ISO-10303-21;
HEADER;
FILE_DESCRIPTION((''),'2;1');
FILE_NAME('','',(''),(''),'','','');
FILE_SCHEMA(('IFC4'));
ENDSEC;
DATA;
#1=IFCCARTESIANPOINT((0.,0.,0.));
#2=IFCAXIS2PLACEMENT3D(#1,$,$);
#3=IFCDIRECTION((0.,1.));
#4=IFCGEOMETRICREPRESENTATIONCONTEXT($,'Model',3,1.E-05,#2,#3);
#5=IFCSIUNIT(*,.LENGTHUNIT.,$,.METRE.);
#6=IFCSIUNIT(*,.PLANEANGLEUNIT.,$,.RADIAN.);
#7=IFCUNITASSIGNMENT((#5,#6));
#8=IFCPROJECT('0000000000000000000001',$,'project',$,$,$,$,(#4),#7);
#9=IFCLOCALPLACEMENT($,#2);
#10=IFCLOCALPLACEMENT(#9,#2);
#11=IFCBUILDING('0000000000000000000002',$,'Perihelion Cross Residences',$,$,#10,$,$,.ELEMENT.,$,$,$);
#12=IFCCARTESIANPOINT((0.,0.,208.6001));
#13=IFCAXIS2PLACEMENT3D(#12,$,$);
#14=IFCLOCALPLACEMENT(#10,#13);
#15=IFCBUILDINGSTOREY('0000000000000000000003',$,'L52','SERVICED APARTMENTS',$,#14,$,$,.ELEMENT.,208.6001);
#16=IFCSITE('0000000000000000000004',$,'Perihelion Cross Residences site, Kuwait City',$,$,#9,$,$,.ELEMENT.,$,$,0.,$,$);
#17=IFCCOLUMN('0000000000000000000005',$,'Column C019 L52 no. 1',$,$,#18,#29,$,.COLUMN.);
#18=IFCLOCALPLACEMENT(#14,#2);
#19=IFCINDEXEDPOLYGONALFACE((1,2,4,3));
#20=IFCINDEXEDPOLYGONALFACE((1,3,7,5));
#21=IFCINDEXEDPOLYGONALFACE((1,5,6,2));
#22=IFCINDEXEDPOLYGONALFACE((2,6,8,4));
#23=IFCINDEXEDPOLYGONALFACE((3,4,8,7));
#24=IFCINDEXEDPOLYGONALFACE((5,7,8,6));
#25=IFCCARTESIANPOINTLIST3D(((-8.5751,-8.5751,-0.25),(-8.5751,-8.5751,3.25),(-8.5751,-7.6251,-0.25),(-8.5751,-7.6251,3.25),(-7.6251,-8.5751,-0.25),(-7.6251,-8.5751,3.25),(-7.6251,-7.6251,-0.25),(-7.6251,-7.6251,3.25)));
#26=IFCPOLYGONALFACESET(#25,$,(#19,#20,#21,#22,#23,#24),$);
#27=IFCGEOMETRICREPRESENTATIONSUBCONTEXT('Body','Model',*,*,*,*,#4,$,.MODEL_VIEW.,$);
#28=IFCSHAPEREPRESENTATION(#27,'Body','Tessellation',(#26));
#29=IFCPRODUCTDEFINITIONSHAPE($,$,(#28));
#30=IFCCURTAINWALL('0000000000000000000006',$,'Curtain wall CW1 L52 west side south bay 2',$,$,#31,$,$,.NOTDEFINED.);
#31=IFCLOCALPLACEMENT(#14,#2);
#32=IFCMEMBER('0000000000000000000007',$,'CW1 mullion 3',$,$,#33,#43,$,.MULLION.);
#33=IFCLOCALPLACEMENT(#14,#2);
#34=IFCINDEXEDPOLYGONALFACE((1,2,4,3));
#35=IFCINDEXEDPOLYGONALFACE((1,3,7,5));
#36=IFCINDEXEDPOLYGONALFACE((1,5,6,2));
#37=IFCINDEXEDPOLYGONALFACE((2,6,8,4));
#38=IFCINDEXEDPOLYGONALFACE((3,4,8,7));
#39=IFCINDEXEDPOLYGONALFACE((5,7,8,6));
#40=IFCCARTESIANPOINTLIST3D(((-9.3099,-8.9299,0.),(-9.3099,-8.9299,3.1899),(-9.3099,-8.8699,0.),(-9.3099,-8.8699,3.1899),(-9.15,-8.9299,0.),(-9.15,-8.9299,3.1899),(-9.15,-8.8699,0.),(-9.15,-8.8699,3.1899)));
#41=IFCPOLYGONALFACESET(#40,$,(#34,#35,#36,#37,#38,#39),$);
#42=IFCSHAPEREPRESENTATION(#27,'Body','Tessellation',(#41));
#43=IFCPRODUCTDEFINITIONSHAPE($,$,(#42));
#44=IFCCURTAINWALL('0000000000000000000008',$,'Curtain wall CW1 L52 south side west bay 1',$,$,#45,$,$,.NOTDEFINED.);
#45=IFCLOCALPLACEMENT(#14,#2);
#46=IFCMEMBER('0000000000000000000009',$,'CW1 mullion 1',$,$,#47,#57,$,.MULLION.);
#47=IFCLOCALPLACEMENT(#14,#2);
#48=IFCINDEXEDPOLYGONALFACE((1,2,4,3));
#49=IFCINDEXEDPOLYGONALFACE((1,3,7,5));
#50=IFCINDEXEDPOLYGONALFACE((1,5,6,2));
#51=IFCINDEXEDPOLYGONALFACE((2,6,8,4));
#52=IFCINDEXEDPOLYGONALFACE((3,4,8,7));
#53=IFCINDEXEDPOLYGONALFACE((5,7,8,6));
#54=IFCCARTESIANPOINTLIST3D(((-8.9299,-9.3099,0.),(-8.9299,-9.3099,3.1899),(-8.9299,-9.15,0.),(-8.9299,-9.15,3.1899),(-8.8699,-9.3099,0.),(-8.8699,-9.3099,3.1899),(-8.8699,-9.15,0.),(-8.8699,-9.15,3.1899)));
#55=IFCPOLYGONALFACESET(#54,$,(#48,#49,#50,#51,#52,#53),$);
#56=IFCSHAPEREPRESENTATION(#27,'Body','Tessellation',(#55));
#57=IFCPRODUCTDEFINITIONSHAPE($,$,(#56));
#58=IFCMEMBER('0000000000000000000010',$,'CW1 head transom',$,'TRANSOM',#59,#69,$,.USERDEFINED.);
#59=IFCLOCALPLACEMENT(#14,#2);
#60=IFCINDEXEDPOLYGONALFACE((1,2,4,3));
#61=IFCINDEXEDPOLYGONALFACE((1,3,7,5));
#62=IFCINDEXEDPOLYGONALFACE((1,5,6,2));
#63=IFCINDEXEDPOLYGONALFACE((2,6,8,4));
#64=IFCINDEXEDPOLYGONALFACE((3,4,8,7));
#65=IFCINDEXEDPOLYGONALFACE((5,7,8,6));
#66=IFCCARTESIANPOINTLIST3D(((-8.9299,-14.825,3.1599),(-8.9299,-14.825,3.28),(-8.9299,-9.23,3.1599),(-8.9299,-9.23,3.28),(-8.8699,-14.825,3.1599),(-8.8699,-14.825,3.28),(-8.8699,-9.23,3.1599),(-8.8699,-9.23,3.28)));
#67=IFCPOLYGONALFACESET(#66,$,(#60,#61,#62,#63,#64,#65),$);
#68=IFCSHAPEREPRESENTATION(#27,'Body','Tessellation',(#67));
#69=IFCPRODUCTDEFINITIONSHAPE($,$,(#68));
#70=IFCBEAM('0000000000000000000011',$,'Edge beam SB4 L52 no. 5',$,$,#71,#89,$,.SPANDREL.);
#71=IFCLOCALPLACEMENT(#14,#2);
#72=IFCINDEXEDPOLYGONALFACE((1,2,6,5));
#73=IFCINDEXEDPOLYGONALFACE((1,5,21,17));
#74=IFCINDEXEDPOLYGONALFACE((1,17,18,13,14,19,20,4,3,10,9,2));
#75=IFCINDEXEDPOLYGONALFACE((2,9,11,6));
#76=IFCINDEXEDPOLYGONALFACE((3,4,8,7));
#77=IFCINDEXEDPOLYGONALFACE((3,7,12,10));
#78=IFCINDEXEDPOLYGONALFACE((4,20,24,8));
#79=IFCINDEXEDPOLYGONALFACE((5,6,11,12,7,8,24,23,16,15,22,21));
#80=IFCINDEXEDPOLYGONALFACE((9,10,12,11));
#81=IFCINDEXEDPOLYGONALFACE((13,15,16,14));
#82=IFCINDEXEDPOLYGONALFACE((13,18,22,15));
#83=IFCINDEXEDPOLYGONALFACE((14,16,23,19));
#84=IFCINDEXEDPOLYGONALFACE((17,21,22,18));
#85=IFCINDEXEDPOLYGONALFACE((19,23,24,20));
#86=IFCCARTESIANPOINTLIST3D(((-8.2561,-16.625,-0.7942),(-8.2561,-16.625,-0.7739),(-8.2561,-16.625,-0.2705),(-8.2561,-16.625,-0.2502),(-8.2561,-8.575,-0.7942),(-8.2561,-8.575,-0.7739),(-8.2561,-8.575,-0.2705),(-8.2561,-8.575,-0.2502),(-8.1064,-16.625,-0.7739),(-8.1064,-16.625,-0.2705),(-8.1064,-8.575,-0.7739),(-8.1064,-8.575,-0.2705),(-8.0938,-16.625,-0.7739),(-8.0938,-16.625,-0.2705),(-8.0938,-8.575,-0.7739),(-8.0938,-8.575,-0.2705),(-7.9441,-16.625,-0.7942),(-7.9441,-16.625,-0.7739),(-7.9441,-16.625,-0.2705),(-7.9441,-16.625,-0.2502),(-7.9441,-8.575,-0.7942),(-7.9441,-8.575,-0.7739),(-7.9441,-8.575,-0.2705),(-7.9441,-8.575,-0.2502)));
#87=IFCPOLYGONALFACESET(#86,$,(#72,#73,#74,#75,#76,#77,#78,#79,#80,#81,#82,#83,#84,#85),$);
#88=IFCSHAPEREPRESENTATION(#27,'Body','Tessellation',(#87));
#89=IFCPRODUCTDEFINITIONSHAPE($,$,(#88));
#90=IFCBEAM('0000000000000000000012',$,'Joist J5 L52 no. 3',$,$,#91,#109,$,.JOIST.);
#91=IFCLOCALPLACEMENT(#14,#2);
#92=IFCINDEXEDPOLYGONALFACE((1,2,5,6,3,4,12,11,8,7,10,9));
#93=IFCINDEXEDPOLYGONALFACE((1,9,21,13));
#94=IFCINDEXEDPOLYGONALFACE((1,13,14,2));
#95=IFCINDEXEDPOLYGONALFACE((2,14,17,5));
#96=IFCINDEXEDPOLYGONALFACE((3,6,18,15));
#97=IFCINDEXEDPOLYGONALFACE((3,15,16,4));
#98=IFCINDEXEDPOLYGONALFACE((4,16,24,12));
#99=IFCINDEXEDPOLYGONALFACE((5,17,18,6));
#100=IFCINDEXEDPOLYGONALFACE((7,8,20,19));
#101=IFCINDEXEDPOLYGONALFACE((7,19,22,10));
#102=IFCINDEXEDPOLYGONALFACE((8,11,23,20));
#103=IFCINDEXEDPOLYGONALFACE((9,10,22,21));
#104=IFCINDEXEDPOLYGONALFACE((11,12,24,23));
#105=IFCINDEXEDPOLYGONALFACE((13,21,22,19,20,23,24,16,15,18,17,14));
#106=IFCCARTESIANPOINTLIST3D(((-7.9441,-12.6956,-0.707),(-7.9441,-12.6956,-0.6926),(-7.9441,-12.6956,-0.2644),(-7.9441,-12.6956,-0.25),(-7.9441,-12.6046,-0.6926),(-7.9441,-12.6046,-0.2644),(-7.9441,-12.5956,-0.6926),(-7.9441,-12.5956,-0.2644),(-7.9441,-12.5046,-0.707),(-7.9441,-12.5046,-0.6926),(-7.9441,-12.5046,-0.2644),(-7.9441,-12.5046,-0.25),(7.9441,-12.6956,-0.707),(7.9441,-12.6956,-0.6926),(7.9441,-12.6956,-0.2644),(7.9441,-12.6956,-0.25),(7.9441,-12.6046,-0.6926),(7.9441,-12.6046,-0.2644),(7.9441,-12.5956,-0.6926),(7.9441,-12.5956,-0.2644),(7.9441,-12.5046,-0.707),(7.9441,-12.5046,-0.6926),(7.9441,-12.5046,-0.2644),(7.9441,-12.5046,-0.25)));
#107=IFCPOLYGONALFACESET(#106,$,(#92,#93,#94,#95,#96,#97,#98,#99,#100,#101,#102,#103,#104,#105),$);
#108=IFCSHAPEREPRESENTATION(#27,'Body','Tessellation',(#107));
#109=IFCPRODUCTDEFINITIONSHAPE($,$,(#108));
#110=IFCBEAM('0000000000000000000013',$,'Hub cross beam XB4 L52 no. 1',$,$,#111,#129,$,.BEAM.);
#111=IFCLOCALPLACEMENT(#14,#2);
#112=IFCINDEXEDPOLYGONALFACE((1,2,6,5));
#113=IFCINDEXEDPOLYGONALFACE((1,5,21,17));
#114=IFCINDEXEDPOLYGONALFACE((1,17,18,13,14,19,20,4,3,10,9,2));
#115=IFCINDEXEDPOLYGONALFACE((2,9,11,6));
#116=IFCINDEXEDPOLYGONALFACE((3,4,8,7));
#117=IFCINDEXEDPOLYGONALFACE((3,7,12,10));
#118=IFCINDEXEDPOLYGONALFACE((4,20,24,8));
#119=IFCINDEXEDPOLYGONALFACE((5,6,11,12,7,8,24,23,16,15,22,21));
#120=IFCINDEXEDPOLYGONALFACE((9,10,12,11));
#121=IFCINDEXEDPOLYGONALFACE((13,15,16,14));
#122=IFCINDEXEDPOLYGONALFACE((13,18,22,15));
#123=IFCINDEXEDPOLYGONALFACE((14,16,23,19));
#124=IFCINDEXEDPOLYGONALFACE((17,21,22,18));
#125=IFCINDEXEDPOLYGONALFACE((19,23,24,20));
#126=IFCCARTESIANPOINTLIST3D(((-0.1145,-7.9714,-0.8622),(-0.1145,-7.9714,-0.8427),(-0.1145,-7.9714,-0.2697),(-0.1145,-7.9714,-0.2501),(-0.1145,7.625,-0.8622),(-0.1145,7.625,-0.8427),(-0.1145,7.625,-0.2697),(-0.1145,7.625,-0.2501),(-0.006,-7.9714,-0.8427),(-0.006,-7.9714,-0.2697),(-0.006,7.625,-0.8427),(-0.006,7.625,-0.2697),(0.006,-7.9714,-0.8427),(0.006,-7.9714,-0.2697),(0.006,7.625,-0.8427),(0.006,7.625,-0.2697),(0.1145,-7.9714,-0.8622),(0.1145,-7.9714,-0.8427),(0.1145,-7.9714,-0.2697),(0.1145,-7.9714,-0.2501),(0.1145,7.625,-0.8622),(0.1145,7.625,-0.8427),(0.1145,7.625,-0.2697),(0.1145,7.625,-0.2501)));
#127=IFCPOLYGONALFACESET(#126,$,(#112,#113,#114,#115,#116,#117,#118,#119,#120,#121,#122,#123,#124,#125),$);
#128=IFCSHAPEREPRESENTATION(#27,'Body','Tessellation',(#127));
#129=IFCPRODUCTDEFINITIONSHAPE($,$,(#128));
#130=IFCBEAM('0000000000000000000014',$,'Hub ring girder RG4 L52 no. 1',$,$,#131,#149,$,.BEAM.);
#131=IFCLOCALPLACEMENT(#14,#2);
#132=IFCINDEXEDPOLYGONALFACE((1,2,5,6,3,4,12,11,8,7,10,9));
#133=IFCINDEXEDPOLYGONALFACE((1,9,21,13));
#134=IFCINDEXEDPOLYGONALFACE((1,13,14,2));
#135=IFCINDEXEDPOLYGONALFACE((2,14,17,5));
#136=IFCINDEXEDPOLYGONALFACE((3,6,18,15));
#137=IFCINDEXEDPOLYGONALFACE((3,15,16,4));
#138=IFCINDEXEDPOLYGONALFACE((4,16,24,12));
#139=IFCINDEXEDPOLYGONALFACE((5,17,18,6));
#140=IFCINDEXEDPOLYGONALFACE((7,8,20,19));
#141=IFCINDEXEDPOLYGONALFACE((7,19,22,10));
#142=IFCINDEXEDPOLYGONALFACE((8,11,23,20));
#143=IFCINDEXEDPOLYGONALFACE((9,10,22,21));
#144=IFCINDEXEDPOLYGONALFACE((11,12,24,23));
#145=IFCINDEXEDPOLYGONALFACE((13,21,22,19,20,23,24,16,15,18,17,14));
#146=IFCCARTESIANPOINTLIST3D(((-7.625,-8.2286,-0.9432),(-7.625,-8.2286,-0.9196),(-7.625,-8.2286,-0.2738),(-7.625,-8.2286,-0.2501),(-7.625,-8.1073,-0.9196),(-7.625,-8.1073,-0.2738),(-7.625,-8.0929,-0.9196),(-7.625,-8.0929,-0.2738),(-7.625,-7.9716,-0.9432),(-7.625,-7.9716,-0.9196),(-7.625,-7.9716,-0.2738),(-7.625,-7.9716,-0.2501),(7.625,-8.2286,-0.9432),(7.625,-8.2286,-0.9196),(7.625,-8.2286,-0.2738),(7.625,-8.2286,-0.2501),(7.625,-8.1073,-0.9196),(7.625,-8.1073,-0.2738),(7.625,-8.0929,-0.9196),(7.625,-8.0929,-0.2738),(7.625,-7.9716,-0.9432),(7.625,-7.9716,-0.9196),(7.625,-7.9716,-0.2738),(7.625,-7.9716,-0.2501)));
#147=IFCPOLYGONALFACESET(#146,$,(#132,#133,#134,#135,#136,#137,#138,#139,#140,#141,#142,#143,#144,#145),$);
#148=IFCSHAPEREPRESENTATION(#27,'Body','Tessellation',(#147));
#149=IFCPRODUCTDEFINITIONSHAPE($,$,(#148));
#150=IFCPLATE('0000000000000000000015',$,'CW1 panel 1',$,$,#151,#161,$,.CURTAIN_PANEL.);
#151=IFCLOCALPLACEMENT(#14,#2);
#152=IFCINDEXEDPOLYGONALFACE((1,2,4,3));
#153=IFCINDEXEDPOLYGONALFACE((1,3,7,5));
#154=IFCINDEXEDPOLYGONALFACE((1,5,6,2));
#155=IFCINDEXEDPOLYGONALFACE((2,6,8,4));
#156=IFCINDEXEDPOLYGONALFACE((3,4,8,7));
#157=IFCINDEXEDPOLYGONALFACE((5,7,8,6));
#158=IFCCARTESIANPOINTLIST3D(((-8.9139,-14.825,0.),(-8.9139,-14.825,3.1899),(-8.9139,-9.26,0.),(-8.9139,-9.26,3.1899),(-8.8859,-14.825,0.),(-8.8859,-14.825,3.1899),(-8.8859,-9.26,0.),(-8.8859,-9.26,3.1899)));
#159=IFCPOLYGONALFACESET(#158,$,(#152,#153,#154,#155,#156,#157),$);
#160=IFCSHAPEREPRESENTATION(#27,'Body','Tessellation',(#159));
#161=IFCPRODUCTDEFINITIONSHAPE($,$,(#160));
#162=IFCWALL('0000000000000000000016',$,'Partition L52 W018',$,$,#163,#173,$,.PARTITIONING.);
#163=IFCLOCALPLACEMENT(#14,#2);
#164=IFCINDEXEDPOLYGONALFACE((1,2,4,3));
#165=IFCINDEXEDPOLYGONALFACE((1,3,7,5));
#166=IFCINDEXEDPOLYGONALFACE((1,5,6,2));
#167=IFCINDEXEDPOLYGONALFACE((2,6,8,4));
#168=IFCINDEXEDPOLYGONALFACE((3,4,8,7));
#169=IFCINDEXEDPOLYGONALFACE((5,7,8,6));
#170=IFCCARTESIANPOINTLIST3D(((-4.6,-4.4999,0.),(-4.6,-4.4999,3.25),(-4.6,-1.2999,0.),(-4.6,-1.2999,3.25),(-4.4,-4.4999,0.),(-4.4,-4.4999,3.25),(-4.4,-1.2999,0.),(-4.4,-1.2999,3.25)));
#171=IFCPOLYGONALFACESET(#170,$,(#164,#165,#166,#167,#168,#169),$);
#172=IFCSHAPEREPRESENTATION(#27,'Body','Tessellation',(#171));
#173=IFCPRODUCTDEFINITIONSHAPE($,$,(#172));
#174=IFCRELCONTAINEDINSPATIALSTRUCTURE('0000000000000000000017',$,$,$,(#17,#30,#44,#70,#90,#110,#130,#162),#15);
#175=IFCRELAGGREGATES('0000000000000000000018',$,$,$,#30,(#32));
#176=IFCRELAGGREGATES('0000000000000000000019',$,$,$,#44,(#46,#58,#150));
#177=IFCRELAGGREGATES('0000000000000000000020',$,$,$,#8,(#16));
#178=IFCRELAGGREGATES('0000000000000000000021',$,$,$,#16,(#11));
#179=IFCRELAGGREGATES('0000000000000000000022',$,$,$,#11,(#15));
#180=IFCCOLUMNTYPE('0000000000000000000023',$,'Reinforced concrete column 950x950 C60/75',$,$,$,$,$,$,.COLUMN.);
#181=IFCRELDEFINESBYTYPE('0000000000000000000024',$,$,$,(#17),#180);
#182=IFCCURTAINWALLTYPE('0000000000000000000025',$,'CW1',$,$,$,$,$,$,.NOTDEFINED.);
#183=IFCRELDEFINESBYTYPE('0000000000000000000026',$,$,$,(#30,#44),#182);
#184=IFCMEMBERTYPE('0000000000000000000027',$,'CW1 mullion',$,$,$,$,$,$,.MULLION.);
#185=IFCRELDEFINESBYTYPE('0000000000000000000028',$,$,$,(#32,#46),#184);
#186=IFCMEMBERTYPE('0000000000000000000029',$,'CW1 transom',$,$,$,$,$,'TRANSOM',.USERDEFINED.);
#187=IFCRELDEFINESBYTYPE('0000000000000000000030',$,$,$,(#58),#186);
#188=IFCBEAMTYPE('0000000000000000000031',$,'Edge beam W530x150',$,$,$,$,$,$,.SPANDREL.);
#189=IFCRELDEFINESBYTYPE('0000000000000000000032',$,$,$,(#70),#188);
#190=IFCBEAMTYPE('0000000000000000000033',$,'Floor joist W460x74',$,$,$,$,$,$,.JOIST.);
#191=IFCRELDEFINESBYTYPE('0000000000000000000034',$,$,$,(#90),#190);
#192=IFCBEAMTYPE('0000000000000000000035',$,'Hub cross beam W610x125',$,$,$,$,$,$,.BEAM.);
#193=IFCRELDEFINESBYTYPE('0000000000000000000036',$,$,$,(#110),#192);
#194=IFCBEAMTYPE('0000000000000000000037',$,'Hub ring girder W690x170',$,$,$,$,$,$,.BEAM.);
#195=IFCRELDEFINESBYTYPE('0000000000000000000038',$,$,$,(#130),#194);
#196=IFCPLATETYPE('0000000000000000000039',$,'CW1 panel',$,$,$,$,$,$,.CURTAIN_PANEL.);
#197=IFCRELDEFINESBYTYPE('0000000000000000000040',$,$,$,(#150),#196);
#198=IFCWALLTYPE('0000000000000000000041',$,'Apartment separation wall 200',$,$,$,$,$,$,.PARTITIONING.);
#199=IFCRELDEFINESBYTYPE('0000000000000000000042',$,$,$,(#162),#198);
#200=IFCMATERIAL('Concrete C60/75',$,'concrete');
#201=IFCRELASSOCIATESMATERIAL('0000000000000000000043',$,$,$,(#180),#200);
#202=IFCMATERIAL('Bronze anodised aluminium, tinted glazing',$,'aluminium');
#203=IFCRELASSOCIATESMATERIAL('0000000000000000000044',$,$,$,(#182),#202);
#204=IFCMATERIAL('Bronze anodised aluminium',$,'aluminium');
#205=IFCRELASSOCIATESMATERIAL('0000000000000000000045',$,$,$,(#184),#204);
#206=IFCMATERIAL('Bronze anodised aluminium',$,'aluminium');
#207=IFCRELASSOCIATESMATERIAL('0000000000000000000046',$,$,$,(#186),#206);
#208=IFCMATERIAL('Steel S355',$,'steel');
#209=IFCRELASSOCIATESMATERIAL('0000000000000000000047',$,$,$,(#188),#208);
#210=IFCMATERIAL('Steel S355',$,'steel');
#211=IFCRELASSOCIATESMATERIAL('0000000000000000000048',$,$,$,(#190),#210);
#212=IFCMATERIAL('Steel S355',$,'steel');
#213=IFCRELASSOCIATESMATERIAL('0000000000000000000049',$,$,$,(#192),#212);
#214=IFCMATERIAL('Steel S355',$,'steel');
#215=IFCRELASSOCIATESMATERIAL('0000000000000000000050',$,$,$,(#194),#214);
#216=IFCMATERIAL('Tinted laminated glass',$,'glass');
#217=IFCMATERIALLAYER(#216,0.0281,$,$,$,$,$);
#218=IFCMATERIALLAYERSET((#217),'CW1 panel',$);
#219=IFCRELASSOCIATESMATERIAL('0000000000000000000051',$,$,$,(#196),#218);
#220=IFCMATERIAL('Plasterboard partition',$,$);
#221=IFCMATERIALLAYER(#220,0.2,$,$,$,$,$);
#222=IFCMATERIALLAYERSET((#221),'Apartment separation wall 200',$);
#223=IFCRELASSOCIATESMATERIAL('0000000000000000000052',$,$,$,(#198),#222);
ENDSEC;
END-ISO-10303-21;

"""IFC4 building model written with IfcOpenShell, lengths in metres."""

from ifc_helpers import new_model, si_unit, direction, frame, frame_2d, origin, origin_2d, place, context, subcontext, project, spatial, rectangle, i_section, extrude, material, layer, layer_set, material_profile, profile_set, type_object, element, aggregate, save


model = new_model("IFC4")

# Units and contexts
model_context = context("Model", 3, precision=1e-05, world=origin(), true_north=direction((0.0, 1.0)))
body_context = subcontext(model_context, "Body", "Model", "MODEL_VIEW")
ifc_project = project(units=[si_unit("LENGTHUNIT", "METRE"), si_unit("PLANEANGLEUNIT", "RADIAN")], contexts=[model_context])

# Site, building, storey
site_placement = place(None, origin())
site = spatial("IfcSite", under=ifc_project, at=site_placement, Name="Perihelion Cross Residences site, Kuwait City", CompositionType="ELEMENT", RefElevation=0.0)
building_placement = place(site_placement, origin())
building = spatial("IfcBuilding", under=site, at=building_placement, Name="Perihelion Cross Residences", CompositionType="ELEMENT")
storey_placement = place(building_placement, frame((0.0, 0.0, 208.6001)))
storey = spatial("IfcBuildingStorey", under=building, at=storey_placement, Name="L52", Description="SERVICED APARTMENTS", CompositionType="ELEMENT", Elevation=208.6001)

# Column
ifc_material_1 = material(Name="Concrete C60/75", Category="concrete")
ifc_material_profile_1 = material_profile(ifc_material_1, rectangle(XDim=0.95, YDim=0.95, at=origin_2d()), Name="RC 950x950")
ifc_profile_set_1 = profile_set([ifc_material_profile_1], Name="Concrete C60/75")
column_type = type_object("IfcColumnType", Name="Reinforced concrete column 950x950 C60/75", PredefinedType="COLUMN", material=ifc_profile_set_1)
column_placement = place(storey_placement, frame((-8.1001, -8.1001, -0.25), z_axis=(0.0, 0.0, 1.0), x_axis=(1.0, 0.0, 0.0)))
element("IfcColumn", 1, at=column_placement, inside=storey, type_object=column_type, Name="Column C019 L52 no. 1", PredefinedType="COLUMN", context=body_context, shape_type="SweptSolid", body=[
    extrude(rectangle(XDim=0.95, YDim=0.95, at=origin_2d()), origin(), (0.0, 0.0, 1.0), 3.5),
])

# Curtain wall, member
ifc_material_2 = material(Name="Bronze anodised aluminium, tinted glazing", Category="aluminium")
curtain_wall_type = type_object("IfcCurtainWallType", Name="CW1", PredefinedType="NOTDEFINED", material=ifc_material_2)
curtain_wall_1_placement = place(storey_placement, origin())
curtain_wall_1 = element("IfcCurtainWall", 2, at=curtain_wall_1_placement, inside=storey, type_object=curtain_wall_type, Name="Curtain wall CW1 L52 west side south bay 2", PredefinedType="NOTDEFINED")
ifc_material_3 = material(Name="Bronze anodised aluminium", Category="aluminium")
ifc_material_profile_2 = material_profile(ifc_material_3, rectangle(XDim=0.0601, YDim=0.1599, at=origin_2d()), Name="CW1 mullion")
ifc_profile_set_2 = profile_set([ifc_material_profile_2], Name="Bronze anodised aluminium")
member_type_1 = type_object("IfcMemberType", Name="CW1 mullion", PredefinedType="MULLION", material=ifc_profile_set_2)
member_1_placement = place(storey_placement, frame((-9.23, -8.8999, 0.0), z_axis=(0.0, 0.0, 1.0), x_axis=(0.0, 1.0, 0.0)))
member_1 = element("IfcMember", 3, at=member_1_placement, type_object=member_type_1, Name="CW1 mullion 3", PredefinedType="MULLION", context=body_context, shape_type="SweptSolid", body=[
    extrude(rectangle(XDim=0.0601, YDim=0.1599, at=origin_2d()), origin(), (0.0, 0.0, 1.0), 3.1899),
])
aggregate(curtain_wall_1, [member_1])

# Curtain wall, members
curtain_wall_2_placement = place(storey_placement, origin())
curtain_wall_2 = element("IfcCurtainWall", 4, at=curtain_wall_2_placement, inside=storey, type_object=curtain_wall_type, Name="Curtain wall CW1 L52 south side west bay 1", PredefinedType="NOTDEFINED")
member_2_placement = place(storey_placement, frame((-8.8999, -9.23, 0.0), z_axis=(0.0, 0.0, 1.0), x_axis=(1.0, 0.0, 0.0)))
member_2 = element("IfcMember", 5, at=member_2_placement, type_object=member_type_1, Name="CW1 mullion 1", PredefinedType="MULLION", context=body_context, shape_type="SweptSolid", body=[
    extrude(rectangle(XDim=0.0601, YDim=0.1599, at=origin_2d()), origin(), (0.0, 0.0, 1.0), 3.1899),
])
ifc_material_4 = material(Name="Bronze anodised aluminium", Category="aluminium")
ifc_material_profile_3 = material_profile(ifc_material_4, rectangle(XDim=0.0601, YDim=0.1201, at=origin_2d()), Name="CW1 transom")
ifc_profile_set_3 = profile_set([ifc_material_profile_3], Name="Bronze anodised aluminium")
member_type_2 = type_object("IfcMemberType", Name="CW1 transom", ElementType="TRANSOM", PredefinedType="USERDEFINED", material=ifc_profile_set_3)
member_3_placement = place(storey_placement, frame((-8.8999, -9.23, 3.22), z_axis=(0.0, -1.0, 0.0), x_axis=(1.0, 0.0, 0.0)))
member_3 = element("IfcMember", 6, at=member_3_placement, type_object=member_type_2, Name="CW1 head transom", ObjectType="TRANSOM", PredefinedType="USERDEFINED", context=body_context, shape_type="SweptSolid", body=[
    extrude(rectangle(XDim=0.0601, YDim=0.1201, at=origin_2d()), origin(), (0.0, 0.0, 1.0), 5.595),
])

# Beams
ifc_material_5 = material(Name="Steel S355", Category="steel")
ifc_material_profile_4 = material_profile(ifc_material_5, i_section(OverallWidth=0.312, OverallDepth=0.5439, WebThickness=0.0127, FlangeThickness=0.0203, at=origin_2d()), Name="W530x150")
ifc_profile_set_4 = profile_set([ifc_material_profile_4], Name="Steel S355")
beam_type_1 = type_object("IfcBeamType", Name="Edge beam W530x150", PredefinedType="SPANDREL", material=ifc_profile_set_4)
beam_1_placement = place(storey_placement, frame((-8.1001, -8.575, -0.5222), z_axis=(0.0, -1.0, 0.0), x_axis=(1.0, 0.0, 0.0)))
element("IfcBeam", 7, at=beam_1_placement, inside=storey, type_object=beam_type_1, Name="Edge beam SB4 L52 no. 5", PredefinedType="SPANDREL", context=body_context, shape_type="SweptSolid", body=[
    extrude(i_section(OverallWidth=0.312, OverallDepth=0.5439, WebThickness=0.0127, FlangeThickness=0.0203, at=origin_2d()), origin(), (0.0, 0.0, 1.0), 8.05),
])
ifc_material_6 = material(Name="Steel S355", Category="steel")
ifc_material_profile_5 = material_profile(ifc_material_6, i_section(OverallWidth=0.1909, OverallDepth=0.457, WebThickness=0.009, FlangeThickness=0.0144, at=origin_2d()), Name="W460x74")
ifc_profile_set_5 = profile_set([ifc_material_profile_5], Name="Steel S355")
beam_type_2 = type_object("IfcBeamType", Name="Floor joist W460x74", PredefinedType="JOIST", material=ifc_profile_set_5)
beam_2_placement = place(storey_placement, frame((-7.9441, -12.6001, -0.4785), z_axis=(1.0, 0.0, 0.0), x_axis=(0.0, 1.0, 0.0)))
element("IfcBeam", 8, at=beam_2_placement, inside=storey, type_object=beam_type_2, Name="Joist J5 L52 no. 3", PredefinedType="JOIST", context=body_context, shape_type="SweptSolid", body=[
    extrude(i_section(OverallWidth=0.1909, OverallDepth=0.457, WebThickness=0.009, FlangeThickness=0.0144, at=origin_2d()), origin(), (0.0, 0.0, 1.0), 15.8882),
])
ifc_material_7 = material(Name="Steel S355", Category="steel")
ifc_material_profile_6 = material_profile(ifc_material_7, i_section(OverallWidth=0.229, OverallDepth=0.6121, WebThickness=0.012, FlangeThickness=0.0195, at=origin_2d()), Name="W610x125")
ifc_profile_set_6 = profile_set([ifc_material_profile_6], Name="Steel S355")
beam_type_3 = type_object("IfcBeamType", Name="Hub cross beam W610x125", PredefinedType="BEAM", material=ifc_profile_set_6)
beam_3_placement = place(storey_placement, frame((0.0, -7.9714, -0.5562), z_axis=(0.0, 1.0, 0.0), x_axis=(-1.0, 0.0, 0.0)))
element("IfcBeam", 9, at=beam_3_placement, inside=storey, type_object=beam_type_3, Name="Hub cross beam XB4 L52 no. 1", PredefinedType="BEAM", context=body_context, shape_type="SweptSolid", body=[
    extrude(i_section(OverallWidth=0.229, OverallDepth=0.6121, WebThickness=0.012, FlangeThickness=0.0195, at=origin_2d()), origin(), (0.0, 0.0, 1.0), 15.5964),
])
ifc_material_8 = material(Name="Steel S355", Category="steel")
ifc_material_profile_7 = material_profile(ifc_material_8, i_section(OverallWidth=0.2571, OverallDepth=0.6931, WebThickness=0.0144, FlangeThickness=0.0237, at=origin_2d()), Name="W690x170")
ifc_profile_set_7 = profile_set([ifc_material_profile_7], Name="Steel S355")
beam_type_4 = type_object("IfcBeamType", Name="Hub ring girder W690x170", PredefinedType="BEAM", material=ifc_profile_set_7)
beam_4_placement = place(storey_placement, frame((-7.625, -8.1001, -0.5967), z_axis=(1.0, 0.0, 0.0), x_axis=(0.0, 1.0, 0.0)))
element("IfcBeam", 10, at=beam_4_placement, inside=storey, type_object=beam_type_4, Name="Hub ring girder RG4 L52 no. 1", PredefinedType="BEAM", context=body_context, shape_type="SweptSolid", body=[
    extrude(i_section(OverallWidth=0.2571, OverallDepth=0.6931, WebThickness=0.0144, FlangeThickness=0.0237, at=origin_2d()), origin(), (0.0, 0.0, 1.0), 15.25),
])

# Plate
ifc_material_9 = material(Name="Tinted laminated glass", Category="glass")
ifc_layer_1 = layer(ifc_material_9, 0.0281)
ifc_layer_set_1 = layer_set([ifc_layer_1], Name="CW1 panel")
plate_type = type_object("IfcPlateType", Name="CW1 panel", PredefinedType="CURTAIN_PANEL", material=ifc_layer_set_1)
plate_placement = place(storey_placement, frame((-8.8999, -12.0425, 0.0), z_axis=(0.0, 0.0, 1.0), x_axis=(0.0, -1.0, 0.0)))
plate = element("IfcPlate", 11, at=plate_placement, type_object=plate_type, Name="CW1 panel 1", PredefinedType="CURTAIN_PANEL", context=body_context, shape_type="SweptSolid", body=[
    extrude(rectangle(XDim=5.5649, YDim=0.0281, at=origin_2d()), origin(), (0.0, 0.0, 1.0), 3.1899),
])
aggregate(curtain_wall_2, [member_2, member_3, plate])

# Wall
ifc_material_10 = material(Name="Plasterboard partition")
ifc_layer_2 = layer(ifc_material_10, 0.2)
ifc_layer_set_2 = layer_set([ifc_layer_2], Name="Apartment separation wall 200")
wall_type_1 = type_object("IfcWallType", Name="Apartment separation wall 200", PredefinedType="PARTITIONING", material=ifc_layer_set_2)
wall_1_placement = place(storey_placement, frame((-4.5, -4.5, 0.0), z_axis=(0.0, 0.0, 1.0), x_axis=(0.0, 1.0, 0.0)))
element("IfcWall", 12, at=wall_1_placement, inside=storey, type_object=wall_type_1, Name="Partition L52 W018", PredefinedType="PARTITIONING", context=body_context, shape_type="SweptSolid", body=[
    extrude(rectangle(XDim=3.2, YDim=0.2, at=frame_2d((1.6001, 0.0))), origin(), (0.0, 0.0, 1.0), 3.25),
])

save(model, "model.ifc")
